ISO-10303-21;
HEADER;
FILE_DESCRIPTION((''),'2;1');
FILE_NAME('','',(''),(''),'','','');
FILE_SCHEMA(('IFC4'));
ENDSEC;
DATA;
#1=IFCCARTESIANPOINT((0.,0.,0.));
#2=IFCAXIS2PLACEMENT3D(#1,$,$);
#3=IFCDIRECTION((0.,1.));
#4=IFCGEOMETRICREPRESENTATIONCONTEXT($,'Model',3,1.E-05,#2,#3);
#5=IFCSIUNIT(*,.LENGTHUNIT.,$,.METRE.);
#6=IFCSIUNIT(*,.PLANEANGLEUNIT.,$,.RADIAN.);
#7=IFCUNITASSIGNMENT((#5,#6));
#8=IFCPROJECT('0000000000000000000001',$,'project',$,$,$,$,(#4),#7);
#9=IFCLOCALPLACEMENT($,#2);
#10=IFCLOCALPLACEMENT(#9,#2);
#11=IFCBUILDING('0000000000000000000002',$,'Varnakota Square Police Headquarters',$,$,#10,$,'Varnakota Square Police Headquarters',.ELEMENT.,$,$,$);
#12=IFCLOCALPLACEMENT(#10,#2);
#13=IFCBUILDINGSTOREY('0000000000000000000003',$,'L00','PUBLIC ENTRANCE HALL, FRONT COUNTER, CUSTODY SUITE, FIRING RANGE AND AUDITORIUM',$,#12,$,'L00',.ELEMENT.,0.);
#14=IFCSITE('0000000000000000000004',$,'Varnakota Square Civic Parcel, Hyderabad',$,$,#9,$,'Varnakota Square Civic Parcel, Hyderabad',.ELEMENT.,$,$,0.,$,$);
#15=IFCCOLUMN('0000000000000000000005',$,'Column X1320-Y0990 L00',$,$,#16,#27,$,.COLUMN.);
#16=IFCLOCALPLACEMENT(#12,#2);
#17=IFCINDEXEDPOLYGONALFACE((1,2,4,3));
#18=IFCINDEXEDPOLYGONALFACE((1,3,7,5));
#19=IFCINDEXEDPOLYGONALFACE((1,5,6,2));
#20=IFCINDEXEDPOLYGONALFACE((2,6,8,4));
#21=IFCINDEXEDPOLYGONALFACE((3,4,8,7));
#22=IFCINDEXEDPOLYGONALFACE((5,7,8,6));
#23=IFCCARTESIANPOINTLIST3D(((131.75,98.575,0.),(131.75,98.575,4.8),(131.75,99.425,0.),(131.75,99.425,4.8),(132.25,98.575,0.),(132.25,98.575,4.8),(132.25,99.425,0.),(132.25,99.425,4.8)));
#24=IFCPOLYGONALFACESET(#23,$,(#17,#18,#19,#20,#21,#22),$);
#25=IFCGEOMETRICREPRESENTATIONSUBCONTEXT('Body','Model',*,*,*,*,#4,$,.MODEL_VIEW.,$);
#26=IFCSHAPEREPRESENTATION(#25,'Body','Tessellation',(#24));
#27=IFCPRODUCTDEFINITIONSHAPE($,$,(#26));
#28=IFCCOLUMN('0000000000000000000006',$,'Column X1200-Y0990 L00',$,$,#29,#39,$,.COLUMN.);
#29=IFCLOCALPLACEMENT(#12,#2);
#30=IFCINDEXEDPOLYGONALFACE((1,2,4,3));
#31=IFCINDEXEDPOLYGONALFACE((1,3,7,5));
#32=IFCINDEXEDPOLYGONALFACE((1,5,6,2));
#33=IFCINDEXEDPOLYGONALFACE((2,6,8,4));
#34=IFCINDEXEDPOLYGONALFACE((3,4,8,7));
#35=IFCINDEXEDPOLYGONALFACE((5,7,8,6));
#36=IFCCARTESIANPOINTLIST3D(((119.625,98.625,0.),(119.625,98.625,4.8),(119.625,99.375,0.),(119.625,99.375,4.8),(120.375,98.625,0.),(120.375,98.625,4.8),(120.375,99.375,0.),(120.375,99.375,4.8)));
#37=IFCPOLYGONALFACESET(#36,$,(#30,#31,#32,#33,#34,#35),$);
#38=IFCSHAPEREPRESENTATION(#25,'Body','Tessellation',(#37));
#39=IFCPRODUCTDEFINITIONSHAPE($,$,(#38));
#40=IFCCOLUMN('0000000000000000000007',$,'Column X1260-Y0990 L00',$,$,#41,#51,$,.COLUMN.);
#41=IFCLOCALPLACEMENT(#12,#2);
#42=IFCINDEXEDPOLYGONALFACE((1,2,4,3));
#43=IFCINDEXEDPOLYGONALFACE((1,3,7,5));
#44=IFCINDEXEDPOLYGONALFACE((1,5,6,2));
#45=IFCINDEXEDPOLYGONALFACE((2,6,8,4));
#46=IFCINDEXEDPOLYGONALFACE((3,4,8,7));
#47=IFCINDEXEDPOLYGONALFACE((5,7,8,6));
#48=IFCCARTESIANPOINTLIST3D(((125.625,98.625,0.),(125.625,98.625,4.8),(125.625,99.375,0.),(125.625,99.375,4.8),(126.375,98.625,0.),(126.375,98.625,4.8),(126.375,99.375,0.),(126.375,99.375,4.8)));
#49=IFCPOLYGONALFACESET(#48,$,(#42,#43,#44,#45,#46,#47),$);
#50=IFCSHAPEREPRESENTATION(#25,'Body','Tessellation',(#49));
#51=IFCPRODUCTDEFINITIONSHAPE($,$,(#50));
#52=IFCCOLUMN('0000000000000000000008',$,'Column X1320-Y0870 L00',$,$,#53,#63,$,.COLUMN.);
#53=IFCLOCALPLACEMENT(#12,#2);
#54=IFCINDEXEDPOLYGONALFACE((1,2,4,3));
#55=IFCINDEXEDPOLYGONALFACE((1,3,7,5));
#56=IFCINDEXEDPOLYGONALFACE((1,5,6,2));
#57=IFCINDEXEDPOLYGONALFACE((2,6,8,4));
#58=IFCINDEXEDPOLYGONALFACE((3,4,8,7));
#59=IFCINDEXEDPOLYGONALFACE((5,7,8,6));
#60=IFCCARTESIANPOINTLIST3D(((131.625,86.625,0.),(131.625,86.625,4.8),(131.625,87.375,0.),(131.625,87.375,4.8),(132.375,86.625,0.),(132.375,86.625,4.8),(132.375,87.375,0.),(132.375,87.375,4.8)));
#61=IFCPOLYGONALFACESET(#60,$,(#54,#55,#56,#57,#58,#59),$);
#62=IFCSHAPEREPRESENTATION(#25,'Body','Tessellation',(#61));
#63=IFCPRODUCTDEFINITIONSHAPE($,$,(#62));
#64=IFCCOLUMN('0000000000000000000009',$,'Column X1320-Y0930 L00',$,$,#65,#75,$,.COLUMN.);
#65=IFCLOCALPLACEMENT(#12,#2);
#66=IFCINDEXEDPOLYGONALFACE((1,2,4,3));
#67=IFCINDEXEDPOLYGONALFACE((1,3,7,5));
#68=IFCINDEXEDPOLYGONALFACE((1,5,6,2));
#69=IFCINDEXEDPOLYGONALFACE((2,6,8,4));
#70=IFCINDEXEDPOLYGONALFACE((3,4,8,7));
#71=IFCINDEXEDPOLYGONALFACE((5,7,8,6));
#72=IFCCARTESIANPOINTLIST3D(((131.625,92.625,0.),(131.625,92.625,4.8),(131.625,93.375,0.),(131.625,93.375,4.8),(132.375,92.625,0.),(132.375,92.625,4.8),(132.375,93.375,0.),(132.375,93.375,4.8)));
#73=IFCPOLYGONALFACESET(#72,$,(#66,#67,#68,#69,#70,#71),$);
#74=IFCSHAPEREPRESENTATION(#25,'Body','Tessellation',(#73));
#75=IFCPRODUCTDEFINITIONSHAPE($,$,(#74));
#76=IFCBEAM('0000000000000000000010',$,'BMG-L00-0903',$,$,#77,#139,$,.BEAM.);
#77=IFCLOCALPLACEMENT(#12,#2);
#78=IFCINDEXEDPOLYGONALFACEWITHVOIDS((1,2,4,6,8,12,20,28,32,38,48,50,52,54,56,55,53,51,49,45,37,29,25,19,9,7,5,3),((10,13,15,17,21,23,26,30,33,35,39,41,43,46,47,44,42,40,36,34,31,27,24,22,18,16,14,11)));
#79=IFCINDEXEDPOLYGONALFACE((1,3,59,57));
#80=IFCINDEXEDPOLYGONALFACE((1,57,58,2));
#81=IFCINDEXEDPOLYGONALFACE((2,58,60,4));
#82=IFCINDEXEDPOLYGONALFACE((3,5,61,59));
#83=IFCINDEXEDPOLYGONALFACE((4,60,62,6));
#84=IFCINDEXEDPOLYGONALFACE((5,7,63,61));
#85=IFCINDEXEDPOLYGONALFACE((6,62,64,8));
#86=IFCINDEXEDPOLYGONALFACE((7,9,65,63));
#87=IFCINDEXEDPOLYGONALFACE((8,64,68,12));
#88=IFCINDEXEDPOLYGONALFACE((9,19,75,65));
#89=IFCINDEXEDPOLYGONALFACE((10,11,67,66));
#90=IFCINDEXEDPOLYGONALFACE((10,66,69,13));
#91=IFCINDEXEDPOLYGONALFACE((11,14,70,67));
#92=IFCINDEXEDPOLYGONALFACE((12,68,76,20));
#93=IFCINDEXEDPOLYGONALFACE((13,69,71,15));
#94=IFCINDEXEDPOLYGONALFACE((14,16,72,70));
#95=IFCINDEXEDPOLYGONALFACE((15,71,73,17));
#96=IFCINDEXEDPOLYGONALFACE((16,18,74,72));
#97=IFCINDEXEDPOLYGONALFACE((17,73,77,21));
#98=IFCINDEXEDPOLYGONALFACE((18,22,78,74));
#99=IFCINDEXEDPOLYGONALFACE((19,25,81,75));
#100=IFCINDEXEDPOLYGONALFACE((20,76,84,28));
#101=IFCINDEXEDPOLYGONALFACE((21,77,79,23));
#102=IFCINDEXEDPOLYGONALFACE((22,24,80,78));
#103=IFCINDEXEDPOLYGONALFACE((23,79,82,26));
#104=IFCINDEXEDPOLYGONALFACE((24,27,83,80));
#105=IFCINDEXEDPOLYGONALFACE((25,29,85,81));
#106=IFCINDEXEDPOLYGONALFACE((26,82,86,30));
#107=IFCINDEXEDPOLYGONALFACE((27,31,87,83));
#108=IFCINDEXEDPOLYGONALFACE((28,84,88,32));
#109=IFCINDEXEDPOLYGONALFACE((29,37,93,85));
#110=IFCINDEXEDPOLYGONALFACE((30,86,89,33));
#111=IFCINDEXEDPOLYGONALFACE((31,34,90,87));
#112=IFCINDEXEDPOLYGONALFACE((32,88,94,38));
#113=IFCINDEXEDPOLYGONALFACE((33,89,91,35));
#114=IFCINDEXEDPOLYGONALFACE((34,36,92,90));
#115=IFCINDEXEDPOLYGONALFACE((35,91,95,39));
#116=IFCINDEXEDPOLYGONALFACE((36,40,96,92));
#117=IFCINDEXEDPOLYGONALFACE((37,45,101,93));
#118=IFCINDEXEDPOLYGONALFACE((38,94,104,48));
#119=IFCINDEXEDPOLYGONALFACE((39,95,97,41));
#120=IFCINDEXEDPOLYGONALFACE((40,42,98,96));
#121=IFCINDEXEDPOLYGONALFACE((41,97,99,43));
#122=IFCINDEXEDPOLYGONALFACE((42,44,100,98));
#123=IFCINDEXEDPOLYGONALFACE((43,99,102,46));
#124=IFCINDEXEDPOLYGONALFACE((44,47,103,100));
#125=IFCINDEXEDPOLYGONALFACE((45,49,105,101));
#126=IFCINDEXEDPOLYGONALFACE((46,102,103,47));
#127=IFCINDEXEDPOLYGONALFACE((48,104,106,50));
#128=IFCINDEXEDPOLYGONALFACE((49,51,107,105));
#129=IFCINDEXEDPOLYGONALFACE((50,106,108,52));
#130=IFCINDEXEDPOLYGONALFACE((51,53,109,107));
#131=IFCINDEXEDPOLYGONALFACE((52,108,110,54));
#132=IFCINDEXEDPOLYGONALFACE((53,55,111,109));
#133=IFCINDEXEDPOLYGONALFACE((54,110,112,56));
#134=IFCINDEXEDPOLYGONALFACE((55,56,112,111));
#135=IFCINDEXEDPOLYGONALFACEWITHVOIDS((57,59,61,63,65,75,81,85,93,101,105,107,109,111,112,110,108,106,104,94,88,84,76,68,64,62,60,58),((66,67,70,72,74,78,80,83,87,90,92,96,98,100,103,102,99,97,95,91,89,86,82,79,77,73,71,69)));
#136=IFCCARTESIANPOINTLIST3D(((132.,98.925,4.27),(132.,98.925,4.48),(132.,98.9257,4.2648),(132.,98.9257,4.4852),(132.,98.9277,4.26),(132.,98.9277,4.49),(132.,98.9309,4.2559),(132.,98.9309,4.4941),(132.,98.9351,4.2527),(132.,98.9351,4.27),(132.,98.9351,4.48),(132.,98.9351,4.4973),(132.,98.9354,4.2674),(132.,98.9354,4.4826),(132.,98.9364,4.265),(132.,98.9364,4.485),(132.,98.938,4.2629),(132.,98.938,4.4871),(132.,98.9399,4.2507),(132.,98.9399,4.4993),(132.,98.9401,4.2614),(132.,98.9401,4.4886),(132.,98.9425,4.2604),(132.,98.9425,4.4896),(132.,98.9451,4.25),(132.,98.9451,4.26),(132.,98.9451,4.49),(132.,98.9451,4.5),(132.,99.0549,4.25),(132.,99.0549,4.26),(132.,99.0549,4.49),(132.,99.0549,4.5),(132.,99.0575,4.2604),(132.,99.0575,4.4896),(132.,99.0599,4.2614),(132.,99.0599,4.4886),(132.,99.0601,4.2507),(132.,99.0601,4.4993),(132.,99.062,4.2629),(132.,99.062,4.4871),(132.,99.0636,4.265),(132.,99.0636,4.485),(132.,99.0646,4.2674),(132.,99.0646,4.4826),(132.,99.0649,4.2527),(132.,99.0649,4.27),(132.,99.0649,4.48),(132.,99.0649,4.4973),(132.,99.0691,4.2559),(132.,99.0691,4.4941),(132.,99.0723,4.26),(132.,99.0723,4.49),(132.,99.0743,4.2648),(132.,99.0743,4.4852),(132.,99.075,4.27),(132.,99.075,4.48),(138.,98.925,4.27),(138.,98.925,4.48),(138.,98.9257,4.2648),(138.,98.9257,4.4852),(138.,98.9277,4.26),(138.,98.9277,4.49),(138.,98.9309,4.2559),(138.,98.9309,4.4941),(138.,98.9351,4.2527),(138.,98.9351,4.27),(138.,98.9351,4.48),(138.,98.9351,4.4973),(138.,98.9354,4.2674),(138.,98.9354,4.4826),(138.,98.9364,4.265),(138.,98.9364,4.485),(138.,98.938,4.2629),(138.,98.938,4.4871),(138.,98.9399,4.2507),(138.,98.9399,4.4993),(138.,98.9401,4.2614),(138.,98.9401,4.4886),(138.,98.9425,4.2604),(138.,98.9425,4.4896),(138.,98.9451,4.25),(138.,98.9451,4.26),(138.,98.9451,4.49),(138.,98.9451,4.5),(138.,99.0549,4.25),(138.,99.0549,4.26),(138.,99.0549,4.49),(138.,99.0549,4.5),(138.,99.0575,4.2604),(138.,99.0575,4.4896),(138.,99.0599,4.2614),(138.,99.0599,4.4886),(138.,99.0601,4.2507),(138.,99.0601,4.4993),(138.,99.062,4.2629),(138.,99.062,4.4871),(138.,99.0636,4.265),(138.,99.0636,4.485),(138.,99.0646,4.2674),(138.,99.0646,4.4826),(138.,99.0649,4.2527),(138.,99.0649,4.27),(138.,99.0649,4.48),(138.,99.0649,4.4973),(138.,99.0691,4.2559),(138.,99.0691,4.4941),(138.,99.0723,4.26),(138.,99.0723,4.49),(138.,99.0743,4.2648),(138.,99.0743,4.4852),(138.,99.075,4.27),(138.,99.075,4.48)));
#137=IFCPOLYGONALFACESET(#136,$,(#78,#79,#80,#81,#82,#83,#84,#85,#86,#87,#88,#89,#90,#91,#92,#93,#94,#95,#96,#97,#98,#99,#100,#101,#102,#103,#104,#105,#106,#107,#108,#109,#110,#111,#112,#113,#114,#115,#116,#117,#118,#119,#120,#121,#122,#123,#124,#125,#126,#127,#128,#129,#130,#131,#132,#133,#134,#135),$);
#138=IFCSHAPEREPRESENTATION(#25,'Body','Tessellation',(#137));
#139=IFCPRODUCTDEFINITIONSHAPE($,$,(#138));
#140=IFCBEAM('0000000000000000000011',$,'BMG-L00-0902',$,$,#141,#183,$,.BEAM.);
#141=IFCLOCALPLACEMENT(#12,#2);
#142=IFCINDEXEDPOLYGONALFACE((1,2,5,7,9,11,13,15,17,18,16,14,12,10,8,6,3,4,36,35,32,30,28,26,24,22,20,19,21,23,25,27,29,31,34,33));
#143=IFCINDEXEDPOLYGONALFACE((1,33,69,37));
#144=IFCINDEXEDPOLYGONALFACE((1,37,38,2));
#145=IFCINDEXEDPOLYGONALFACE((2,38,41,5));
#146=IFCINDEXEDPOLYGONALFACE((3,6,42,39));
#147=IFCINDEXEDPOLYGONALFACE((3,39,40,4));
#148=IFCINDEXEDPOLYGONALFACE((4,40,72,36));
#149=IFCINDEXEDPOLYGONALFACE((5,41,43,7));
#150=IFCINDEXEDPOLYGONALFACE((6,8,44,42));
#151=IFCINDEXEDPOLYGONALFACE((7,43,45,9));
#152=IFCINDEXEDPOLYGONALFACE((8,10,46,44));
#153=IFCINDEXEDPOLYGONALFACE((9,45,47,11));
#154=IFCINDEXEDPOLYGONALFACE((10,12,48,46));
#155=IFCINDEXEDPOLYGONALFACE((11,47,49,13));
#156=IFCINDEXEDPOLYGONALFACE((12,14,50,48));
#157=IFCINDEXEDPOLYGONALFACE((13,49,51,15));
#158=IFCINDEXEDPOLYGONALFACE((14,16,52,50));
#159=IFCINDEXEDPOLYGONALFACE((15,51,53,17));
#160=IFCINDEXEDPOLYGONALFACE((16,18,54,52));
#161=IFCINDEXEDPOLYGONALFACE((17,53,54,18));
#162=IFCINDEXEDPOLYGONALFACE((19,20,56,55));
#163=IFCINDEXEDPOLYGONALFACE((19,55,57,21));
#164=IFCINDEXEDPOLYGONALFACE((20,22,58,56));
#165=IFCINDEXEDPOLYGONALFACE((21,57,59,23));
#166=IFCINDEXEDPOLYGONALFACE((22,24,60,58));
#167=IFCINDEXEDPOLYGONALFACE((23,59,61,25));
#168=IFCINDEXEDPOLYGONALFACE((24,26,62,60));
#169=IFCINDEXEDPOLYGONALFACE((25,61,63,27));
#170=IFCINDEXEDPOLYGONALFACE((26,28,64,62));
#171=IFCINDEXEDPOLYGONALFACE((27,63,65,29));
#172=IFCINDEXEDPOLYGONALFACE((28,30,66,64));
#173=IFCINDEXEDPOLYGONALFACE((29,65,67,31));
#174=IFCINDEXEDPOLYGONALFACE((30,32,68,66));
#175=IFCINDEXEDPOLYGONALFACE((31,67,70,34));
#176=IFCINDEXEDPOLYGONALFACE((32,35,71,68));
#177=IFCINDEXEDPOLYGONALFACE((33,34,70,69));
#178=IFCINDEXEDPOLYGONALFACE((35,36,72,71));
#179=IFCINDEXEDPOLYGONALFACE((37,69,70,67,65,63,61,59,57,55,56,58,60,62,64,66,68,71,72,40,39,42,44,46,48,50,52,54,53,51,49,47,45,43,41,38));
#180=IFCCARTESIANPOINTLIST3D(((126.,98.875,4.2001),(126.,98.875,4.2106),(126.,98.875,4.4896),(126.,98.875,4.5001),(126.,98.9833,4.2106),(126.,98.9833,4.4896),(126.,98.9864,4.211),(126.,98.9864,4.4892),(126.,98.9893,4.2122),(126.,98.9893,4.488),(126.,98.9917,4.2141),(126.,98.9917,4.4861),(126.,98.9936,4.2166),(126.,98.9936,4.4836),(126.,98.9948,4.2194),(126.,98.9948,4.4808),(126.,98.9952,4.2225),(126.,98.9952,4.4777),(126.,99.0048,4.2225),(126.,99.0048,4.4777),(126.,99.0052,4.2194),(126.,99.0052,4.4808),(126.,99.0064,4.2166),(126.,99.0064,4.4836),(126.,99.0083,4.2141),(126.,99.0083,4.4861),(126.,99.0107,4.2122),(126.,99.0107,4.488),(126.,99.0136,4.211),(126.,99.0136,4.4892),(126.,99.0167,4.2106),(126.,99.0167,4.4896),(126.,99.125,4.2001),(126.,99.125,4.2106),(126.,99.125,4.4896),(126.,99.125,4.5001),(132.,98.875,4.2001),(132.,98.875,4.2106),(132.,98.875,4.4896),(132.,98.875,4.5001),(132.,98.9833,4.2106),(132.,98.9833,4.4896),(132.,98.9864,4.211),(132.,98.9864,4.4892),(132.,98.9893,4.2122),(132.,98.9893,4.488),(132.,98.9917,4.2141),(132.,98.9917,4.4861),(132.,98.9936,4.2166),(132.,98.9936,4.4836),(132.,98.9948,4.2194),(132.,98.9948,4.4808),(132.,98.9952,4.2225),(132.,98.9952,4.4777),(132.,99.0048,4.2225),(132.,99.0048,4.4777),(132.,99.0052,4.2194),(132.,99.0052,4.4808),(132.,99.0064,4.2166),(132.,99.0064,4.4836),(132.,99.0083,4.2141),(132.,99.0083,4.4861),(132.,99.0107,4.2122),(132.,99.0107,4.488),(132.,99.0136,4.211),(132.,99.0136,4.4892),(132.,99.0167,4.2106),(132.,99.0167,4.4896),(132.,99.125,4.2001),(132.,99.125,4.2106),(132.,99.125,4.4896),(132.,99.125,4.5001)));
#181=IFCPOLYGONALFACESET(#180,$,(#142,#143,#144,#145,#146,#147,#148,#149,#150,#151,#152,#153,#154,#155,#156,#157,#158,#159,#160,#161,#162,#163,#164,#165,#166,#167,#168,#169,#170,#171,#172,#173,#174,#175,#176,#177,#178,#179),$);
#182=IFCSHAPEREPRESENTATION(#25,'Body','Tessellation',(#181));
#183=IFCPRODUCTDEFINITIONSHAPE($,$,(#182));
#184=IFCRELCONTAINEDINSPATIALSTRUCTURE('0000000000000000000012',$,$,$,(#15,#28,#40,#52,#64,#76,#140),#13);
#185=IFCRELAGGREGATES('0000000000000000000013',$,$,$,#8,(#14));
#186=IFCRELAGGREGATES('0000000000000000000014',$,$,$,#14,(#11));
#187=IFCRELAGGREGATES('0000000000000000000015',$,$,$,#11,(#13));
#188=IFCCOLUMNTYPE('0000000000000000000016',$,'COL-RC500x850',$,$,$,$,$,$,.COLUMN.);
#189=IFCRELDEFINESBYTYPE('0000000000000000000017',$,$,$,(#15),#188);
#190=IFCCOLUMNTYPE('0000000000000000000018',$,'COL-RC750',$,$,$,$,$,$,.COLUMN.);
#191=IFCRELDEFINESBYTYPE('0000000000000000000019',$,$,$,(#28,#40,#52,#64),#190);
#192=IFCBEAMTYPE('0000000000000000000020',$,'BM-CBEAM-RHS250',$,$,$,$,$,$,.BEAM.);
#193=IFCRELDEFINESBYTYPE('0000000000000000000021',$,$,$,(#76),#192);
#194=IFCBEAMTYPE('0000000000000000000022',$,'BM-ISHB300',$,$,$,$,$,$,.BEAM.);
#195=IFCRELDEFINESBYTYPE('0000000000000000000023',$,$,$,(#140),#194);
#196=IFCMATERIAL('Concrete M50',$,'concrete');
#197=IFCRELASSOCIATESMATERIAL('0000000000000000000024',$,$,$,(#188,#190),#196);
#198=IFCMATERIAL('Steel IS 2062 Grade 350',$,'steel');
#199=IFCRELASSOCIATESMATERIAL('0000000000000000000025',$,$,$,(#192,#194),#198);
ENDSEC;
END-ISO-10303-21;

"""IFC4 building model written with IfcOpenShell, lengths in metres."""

from ifc_helpers import new_model, si_unit, direction, frame, origin, origin_2d, place, context, subcontext, project, spatial, rectangle, hollow_rectangle, i_section, extrude, material, material_profile, profile_set, type_object, element, save


model = new_model("IFC4")

# Units and contexts
model_context = context("Model", 3, precision=1e-05, world=origin(), true_north=direction((0.0, 1.0)))
body_context = subcontext(model_context, "Body", "Model", "MODEL_VIEW")
ifc_project = project(units=[si_unit("LENGTHUNIT", "METRE"), si_unit("PLANEANGLEUNIT", "RADIAN")], contexts=[model_context])

# Site, building, storey
site_placement = place(None, origin())
site = spatial("IfcSite", under=ifc_project, at=site_placement, Name="Varnakota Square Civic Parcel, Hyderabad", LongName="Varnakota Square Civic Parcel, Hyderabad", CompositionType="ELEMENT", RefElevation=0.0)
building_placement = place(site_placement, origin())
building = spatial("IfcBuilding", under=site, at=building_placement, Name="Varnakota Square Police Headquarters", LongName="Varnakota Square Police Headquarters", CompositionType="ELEMENT")
storey_placement = place(building_placement, origin())
storey = spatial("IfcBuildingStorey", under=building, at=storey_placement, Name="L00", Description="PUBLIC ENTRANCE HALL, FRONT COUNTER, CUSTODY SUITE, FIRING RANGE AND AUDITORIUM", LongName="L00", CompositionType="ELEMENT", Elevation=0.0)

# Columns
ifc_material_1 = material(Name="Concrete M50", Category="concrete")
ifc_material_profile_1 = material_profile(ifc_material_1, rectangle(XDim=0.5, YDim=0.8501, at=origin_2d()), Name="RC 500x850")
ifc_profile_set_1 = profile_set([ifc_material_profile_1], Name="Concrete M50")
column_type_1 = type_object("IfcColumnType", Name="COL-RC500x850", PredefinedType="COLUMN", material=ifc_profile_set_1)
column_placement = place(storey_placement, frame((132.0, 99.0, 0.0), z_axis=(0.0, 0.0, 1.0), x_axis=(1.0, 0.0, 0.0)))
element("IfcColumn", 1, at=column_placement, inside=storey, type_object=column_type_1, Name="Column X1320-Y0990 L00", PredefinedType="COLUMN", context=body_context, shape_type="SweptSolid", body=[
    extrude(rectangle(XDim=0.5, YDim=0.8501, at=origin_2d()), origin(), (0.0, 0.0, 1.0), 4.8),
])
ifc_material_profile_2 = material_profile(ifc_material_1, rectangle(XDim=0.75, YDim=0.75, at=origin_2d()), Name="RC 750x750")
ifc_profile_set_2 = profile_set([ifc_material_profile_2], Name="Concrete M50")
column_type_2 = type_object("IfcColumnType", Name="COL-RC750", PredefinedType="COLUMN", material=ifc_profile_set_2)
for number, where, z_axis, x_axis, name in (
    (2, (120.0, 99.0, 0.0), (0.0, 0.0, 1.0), (1.0, 0.0, 0.0), "Column X1200-Y0990 L00"),
    (3, (126.0, 99.0, 0.0), (0.0, 0.0, 1.0), (1.0, 0.0, 0.0), "Column X1260-Y0990 L00"),
    (4, (132.0, 87.0, 0.0), (0.0, 0.0, 1.0), (1.0, 0.0, 0.0), "Column X1320-Y0870 L00"),
    (5, (132.0, 93.0, 0.0), (0.0, 0.0, 1.0), (1.0, 0.0, 0.0), "Column X1320-Y0930 L00"),
):
    element("IfcColumn", number, at=place(storey_placement, frame(where, z_axis=z_axis, x_axis=x_axis)), inside=storey, type_object=column_type_2, Name=name, PredefinedType="COLUMN", context=body_context, shape_type="SweptSolid", body=[
        extrude(rectangle(XDim=0.75, YDim=0.75, at=origin_2d()), origin(), (0.0, 0.0, 1.0), 4.8),
    ])

# Beams
ifc_material_2 = material(Name="Steel IS 2062 Grade 350", Category="steel")
ifc_material_profile_3 = material_profile(ifc_material_2, hollow_rectangle(XDim=0.1499, YDim=0.25, WallThickness=0.01, InnerFilletRadius=0.01, OuterFilletRadius=0.02, at=origin_2d()), Name="RHS 250x150x10")
ifc_profile_set_3 = profile_set([ifc_material_profile_3], Name="Steel IS 2062 Grade 350")
beam_type_1 = type_object("IfcBeamType", Name="BM-CBEAM-RHS250", PredefinedType="BEAM", material=ifc_profile_set_3)
beam_1_placement = place(storey_placement, frame((132.0, 99.0, 4.375), z_axis=(1.0, 0.0, 0.0), x_axis=(0.0, 1.0, 0.0)))
element("IfcBeam", 6, at=beam_1_placement, inside=storey, type_object=beam_type_1, Name="BMG-L00-0903", PredefinedType="BEAM", context=body_context, shape_type="SweptSolid", body=[
    extrude(hollow_rectangle(XDim=0.1499, YDim=0.25, WallThickness=0.01, InnerFilletRadius=0.01, OuterFilletRadius=0.02, at=origin_2d()), origin(), (0.0, 0.0, 1.0), 6.0),
])
ifc_material_profile_4 = material_profile(ifc_material_2, i_section(OverallWidth=0.25, OverallDepth=0.3, WebThickness=0.0095, FlangeThickness=0.0105, FilletRadius=0.012, at=origin_2d()), Name="ISHB 300")
ifc_profile_set_4 = profile_set([ifc_material_profile_4], Name="Steel IS 2062 Grade 350")
beam_type_2 = type_object("IfcBeamType", Name="BM-ISHB300", PredefinedType="BEAM", material=ifc_profile_set_4)
beam_2_placement = place(storey_placement, frame((126.0, 99.0, 4.3501), z_axis=(1.0, 0.0, 0.0), x_axis=(0.0, 1.0, 0.0)))
element("IfcBeam", 7, at=beam_2_placement, inside=storey, type_object=beam_type_2, Name="BMG-L00-0902", PredefinedType="BEAM", context=body_context, shape_type="SweptSolid", body=[
    extrude(i_section(OverallWidth=0.25, OverallDepth=0.3, WebThickness=0.0095, FlangeThickness=0.0105, FilletRadius=0.012, at=origin_2d()), origin(), (0.0, 0.0, 1.0), 6.0),
])

save(model, "model.ifc")
